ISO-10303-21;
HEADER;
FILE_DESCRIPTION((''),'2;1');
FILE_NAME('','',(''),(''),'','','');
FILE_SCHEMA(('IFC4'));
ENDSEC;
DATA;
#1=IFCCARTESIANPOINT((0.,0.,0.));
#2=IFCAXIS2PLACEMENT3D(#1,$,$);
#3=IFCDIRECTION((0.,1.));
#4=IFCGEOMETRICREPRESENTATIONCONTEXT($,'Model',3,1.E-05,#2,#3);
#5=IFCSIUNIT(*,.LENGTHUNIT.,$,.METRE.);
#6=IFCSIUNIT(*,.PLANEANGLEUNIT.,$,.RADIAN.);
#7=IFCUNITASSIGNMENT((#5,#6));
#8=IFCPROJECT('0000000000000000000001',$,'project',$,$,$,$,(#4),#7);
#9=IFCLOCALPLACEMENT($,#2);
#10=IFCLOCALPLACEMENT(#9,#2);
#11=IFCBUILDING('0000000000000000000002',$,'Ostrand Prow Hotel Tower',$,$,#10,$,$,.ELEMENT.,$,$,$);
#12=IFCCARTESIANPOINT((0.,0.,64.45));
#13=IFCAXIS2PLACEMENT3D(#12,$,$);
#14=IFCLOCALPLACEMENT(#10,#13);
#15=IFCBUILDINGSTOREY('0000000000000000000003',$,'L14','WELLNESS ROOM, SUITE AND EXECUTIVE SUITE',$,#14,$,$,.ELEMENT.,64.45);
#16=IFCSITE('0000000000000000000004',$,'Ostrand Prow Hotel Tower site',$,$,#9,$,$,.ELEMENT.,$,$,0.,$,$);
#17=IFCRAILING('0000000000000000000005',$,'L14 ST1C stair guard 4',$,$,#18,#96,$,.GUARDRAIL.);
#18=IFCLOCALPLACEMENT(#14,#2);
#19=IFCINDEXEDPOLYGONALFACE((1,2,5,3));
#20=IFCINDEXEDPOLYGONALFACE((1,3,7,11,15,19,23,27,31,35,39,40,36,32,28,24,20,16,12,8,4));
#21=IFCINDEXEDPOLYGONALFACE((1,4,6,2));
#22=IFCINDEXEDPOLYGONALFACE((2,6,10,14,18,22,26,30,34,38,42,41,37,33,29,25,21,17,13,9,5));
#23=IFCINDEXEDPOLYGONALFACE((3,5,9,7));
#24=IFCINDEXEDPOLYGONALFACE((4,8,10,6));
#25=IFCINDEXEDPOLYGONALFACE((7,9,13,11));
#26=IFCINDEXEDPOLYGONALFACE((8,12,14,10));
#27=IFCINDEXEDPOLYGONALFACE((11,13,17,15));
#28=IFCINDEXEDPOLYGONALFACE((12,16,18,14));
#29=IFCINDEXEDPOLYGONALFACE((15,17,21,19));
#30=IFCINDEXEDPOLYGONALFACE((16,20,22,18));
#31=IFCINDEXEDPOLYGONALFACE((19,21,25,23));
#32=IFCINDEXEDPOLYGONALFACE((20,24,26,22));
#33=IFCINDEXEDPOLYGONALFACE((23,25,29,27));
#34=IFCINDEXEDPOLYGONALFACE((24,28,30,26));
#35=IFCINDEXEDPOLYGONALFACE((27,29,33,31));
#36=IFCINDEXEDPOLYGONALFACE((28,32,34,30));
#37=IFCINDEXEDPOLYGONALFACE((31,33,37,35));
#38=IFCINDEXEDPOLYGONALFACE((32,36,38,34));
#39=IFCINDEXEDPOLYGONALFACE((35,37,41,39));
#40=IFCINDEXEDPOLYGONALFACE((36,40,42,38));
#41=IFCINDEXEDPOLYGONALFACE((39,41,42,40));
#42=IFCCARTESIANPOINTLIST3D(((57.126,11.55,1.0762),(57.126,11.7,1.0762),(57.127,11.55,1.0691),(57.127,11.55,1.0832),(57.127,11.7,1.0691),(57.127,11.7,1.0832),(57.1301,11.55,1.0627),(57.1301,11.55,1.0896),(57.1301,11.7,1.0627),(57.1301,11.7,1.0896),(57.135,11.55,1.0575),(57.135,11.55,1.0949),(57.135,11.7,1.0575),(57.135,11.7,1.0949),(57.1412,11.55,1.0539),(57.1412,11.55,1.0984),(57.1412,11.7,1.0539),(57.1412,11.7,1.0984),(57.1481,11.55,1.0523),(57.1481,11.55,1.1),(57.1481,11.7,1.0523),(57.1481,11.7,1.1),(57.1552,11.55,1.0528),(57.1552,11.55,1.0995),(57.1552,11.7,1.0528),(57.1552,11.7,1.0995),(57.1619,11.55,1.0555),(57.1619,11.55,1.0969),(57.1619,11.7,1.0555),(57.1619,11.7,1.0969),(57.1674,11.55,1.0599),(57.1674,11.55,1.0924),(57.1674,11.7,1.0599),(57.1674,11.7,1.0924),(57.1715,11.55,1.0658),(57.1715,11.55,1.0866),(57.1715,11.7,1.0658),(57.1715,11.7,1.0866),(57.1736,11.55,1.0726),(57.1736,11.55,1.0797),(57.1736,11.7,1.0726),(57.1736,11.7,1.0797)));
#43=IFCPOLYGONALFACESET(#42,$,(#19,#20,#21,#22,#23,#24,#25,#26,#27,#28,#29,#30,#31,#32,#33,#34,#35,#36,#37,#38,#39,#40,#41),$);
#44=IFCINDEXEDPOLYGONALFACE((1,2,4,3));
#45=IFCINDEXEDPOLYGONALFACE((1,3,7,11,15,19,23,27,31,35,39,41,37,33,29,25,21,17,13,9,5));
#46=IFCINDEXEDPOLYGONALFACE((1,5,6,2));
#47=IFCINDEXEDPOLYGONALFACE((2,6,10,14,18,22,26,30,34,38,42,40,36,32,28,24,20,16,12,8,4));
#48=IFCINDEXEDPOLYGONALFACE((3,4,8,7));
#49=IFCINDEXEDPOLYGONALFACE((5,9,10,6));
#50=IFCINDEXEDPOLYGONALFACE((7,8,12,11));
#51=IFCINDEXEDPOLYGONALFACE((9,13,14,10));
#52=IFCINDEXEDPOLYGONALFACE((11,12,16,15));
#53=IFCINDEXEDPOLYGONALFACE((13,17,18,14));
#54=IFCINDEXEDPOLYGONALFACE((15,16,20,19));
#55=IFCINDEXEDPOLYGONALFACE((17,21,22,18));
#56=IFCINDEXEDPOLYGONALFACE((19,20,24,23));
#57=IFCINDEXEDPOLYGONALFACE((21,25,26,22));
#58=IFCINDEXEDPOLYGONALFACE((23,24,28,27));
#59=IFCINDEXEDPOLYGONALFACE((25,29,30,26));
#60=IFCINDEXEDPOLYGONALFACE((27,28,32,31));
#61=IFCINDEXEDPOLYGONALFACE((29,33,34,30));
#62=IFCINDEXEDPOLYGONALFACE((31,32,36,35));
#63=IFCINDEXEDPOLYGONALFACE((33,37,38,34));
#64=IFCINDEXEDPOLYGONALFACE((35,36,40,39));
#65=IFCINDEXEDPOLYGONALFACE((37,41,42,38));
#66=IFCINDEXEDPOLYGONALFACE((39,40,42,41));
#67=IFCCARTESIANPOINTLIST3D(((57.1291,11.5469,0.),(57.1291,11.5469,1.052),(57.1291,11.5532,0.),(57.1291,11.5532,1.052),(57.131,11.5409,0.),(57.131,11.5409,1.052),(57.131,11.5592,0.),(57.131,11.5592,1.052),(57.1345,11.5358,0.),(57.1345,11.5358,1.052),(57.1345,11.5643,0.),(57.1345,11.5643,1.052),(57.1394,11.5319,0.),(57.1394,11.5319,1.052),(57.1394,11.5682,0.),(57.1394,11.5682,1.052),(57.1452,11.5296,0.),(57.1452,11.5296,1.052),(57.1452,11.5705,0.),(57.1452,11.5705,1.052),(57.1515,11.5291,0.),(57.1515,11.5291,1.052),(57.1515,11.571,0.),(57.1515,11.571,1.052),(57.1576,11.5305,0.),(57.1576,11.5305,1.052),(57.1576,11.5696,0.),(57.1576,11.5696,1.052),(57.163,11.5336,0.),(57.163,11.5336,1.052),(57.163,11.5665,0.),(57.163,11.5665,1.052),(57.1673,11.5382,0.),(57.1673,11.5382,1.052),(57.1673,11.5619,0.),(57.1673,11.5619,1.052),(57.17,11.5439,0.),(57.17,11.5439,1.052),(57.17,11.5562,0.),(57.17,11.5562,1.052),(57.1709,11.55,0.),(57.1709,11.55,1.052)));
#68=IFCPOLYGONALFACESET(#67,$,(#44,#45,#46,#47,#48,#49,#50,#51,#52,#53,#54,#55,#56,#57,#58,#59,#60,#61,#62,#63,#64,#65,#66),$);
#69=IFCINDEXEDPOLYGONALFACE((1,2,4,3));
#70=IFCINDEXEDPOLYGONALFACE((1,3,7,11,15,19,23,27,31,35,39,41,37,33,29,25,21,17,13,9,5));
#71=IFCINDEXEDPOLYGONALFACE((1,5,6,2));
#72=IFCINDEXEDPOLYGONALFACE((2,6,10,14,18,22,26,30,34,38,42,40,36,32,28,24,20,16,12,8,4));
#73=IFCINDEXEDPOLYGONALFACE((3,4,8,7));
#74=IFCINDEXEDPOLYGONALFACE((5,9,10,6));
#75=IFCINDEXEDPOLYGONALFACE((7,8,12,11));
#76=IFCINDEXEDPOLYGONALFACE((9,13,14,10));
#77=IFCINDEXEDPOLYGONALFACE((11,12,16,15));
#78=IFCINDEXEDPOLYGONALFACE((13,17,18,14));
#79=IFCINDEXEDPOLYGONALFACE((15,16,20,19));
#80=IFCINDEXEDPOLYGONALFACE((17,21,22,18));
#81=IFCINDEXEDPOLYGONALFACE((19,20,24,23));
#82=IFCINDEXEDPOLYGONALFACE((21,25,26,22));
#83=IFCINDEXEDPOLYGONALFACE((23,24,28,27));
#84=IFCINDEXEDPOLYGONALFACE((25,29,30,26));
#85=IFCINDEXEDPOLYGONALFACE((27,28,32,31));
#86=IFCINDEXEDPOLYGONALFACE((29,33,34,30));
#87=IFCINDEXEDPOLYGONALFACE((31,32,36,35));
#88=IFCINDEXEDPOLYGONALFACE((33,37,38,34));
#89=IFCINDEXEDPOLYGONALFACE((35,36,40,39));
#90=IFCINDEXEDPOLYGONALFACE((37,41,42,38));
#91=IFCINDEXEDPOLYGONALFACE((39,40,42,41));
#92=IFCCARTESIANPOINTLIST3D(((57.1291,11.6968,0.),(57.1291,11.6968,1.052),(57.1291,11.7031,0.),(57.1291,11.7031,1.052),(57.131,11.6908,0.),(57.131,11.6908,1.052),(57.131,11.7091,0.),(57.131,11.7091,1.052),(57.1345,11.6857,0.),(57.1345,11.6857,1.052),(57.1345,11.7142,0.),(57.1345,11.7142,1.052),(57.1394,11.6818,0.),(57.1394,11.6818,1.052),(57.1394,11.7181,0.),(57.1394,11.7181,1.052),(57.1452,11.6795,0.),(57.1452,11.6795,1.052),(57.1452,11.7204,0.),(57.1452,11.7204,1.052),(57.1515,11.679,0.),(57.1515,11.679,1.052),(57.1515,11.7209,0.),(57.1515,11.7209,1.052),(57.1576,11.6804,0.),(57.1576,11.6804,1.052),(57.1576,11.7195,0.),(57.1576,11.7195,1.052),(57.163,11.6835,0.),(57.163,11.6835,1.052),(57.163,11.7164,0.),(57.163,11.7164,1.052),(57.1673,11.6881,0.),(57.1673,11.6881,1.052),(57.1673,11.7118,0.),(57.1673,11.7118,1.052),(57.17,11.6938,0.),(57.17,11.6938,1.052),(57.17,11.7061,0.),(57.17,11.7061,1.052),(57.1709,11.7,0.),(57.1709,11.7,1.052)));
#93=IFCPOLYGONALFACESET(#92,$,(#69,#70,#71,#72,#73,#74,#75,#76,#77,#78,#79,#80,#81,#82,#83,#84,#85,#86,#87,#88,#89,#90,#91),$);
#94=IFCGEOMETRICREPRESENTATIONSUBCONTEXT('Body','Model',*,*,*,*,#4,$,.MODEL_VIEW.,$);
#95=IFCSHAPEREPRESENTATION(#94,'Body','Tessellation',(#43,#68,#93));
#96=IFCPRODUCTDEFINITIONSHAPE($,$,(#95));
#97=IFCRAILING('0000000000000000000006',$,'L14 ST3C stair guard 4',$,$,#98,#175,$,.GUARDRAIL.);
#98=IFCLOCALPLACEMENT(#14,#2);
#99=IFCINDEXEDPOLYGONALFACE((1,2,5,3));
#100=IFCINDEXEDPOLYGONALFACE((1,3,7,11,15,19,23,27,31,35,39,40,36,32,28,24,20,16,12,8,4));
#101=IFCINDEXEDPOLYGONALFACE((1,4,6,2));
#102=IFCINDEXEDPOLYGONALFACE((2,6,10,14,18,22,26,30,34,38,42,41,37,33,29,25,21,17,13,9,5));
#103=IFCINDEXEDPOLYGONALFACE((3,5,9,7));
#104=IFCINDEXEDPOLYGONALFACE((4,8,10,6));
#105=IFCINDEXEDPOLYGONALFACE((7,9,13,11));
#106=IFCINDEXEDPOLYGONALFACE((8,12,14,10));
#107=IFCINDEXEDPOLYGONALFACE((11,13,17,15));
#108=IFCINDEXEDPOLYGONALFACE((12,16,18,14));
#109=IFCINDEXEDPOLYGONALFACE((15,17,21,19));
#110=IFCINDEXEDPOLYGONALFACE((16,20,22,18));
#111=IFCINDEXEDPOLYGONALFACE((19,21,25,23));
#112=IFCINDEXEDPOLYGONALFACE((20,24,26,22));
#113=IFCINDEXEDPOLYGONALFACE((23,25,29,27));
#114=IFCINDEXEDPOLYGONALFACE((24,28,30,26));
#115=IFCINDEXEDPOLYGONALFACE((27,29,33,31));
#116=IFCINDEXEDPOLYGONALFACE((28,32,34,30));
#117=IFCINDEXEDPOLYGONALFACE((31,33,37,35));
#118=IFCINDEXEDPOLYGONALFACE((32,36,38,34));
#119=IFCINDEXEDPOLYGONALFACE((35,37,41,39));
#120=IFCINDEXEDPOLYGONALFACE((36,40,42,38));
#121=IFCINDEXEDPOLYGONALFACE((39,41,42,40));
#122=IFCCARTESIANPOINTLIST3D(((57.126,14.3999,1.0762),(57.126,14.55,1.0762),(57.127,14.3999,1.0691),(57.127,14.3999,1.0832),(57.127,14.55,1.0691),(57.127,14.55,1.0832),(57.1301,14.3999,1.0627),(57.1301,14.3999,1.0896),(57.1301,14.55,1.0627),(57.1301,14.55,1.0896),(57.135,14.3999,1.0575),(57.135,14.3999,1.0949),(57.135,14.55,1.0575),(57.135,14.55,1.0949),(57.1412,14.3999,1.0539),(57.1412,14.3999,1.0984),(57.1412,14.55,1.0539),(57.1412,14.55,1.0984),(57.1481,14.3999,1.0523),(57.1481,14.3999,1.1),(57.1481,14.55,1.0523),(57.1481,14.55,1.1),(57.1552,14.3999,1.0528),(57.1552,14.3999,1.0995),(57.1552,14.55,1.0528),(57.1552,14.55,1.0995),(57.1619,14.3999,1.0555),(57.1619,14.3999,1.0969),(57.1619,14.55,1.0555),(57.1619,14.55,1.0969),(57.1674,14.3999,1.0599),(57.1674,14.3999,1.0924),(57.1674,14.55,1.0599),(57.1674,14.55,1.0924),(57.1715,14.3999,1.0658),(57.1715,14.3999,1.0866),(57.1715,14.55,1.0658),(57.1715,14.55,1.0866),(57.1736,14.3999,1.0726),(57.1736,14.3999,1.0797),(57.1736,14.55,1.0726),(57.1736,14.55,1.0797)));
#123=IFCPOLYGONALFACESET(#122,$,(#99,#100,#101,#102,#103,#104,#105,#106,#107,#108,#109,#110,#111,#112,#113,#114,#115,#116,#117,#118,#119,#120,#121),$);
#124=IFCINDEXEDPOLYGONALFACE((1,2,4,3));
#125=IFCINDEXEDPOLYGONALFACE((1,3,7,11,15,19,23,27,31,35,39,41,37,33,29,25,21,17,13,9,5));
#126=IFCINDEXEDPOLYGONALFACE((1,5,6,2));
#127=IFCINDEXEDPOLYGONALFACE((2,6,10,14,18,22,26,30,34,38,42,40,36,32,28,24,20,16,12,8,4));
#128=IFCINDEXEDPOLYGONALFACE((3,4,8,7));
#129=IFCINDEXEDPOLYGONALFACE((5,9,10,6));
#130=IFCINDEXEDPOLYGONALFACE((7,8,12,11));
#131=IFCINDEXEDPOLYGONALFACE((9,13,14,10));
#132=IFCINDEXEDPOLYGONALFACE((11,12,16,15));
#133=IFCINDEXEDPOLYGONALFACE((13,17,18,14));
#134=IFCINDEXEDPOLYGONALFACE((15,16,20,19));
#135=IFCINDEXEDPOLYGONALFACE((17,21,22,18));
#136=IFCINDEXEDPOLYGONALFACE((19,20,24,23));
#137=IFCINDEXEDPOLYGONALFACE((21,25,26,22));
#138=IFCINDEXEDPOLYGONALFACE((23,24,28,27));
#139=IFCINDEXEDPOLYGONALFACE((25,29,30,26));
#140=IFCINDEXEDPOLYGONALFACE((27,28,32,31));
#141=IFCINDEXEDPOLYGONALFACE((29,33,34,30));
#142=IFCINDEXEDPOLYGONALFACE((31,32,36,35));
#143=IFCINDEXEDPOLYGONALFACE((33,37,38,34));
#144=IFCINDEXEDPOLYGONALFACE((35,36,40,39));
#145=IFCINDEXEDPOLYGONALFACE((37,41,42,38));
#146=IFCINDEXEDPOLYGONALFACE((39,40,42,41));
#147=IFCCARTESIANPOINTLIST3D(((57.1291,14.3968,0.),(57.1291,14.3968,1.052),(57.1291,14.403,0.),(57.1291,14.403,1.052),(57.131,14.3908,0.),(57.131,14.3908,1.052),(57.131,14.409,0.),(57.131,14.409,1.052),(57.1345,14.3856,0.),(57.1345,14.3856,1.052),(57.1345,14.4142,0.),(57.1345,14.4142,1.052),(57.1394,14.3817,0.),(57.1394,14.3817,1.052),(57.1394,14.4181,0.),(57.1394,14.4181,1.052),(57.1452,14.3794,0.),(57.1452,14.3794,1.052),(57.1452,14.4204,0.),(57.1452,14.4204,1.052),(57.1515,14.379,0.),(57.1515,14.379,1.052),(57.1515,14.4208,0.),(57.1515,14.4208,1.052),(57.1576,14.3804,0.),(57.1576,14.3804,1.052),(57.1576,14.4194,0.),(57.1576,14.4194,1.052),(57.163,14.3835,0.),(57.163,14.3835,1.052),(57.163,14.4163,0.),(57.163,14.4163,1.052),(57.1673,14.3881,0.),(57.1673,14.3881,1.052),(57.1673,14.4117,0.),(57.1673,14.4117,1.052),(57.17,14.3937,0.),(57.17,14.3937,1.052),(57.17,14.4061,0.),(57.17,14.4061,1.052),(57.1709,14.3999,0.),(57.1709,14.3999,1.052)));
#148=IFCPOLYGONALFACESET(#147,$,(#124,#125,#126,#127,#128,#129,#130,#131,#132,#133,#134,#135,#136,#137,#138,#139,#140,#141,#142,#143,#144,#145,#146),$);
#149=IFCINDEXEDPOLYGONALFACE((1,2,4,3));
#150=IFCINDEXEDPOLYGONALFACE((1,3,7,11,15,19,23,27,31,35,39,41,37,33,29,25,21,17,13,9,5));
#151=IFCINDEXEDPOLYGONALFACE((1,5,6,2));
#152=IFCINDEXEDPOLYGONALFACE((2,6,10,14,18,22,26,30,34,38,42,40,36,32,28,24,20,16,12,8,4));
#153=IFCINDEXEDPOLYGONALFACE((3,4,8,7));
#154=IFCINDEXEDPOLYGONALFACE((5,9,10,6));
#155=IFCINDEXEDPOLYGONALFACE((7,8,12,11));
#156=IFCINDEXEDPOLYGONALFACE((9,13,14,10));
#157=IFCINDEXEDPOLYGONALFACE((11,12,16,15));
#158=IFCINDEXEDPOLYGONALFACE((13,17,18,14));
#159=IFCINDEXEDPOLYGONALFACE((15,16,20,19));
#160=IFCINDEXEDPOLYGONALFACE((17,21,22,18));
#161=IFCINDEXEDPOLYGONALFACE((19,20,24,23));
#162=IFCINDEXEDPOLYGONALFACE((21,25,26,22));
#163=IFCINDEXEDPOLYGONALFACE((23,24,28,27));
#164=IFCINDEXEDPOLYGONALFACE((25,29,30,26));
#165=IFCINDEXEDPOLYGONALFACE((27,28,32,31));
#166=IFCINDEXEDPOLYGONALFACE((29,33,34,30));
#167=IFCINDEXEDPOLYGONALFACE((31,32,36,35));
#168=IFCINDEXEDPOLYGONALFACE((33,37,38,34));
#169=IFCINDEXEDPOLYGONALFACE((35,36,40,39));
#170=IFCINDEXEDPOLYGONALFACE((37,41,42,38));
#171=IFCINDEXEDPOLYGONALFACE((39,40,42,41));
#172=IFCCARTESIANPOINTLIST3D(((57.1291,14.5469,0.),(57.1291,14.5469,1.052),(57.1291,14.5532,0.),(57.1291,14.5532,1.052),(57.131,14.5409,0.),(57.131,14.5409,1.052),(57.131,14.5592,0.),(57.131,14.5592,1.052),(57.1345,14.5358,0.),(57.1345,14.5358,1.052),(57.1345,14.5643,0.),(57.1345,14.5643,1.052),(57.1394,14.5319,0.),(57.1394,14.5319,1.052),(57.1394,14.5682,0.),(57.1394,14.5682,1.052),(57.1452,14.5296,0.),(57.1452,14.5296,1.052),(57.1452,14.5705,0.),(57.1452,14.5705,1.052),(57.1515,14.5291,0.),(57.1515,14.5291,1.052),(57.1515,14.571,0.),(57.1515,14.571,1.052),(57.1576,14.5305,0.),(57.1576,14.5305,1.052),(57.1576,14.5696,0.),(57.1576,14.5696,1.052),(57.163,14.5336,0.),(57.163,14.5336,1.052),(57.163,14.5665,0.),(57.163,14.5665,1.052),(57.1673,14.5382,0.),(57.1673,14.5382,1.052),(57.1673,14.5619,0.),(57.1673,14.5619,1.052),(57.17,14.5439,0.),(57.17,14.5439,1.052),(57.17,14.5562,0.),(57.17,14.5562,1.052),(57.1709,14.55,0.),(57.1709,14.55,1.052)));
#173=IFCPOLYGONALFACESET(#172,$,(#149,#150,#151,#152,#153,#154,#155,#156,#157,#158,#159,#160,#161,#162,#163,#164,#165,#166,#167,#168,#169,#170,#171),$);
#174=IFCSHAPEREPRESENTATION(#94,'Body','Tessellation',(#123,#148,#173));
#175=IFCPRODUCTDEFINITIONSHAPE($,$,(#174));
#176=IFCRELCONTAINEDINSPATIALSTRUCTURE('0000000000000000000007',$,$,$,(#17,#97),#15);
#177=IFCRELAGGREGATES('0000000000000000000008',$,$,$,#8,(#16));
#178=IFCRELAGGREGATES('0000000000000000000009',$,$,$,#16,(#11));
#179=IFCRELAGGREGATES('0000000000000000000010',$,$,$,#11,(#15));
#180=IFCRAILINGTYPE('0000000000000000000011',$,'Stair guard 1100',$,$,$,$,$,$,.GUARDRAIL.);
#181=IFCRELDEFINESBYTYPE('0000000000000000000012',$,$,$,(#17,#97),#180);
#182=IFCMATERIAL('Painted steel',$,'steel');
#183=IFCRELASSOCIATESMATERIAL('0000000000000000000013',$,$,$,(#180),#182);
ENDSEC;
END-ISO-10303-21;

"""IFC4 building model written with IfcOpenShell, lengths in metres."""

from ifc_helpers import new_model, si_unit, direction, frame, origin, origin_2d, place, context, subcontext, project, spatial, circle, extrude, material, type_object, element, save


model = new_model("IFC4")

# Units and contexts
model_context = context("Model", 3, precision=1e-05, world=origin(), true_north=direction((0.0, 1.0)))
body_context = subcontext(model_context, "Body", "Model", "MODEL_VIEW")
ifc_project = project(units=[si_unit("LENGTHUNIT", "METRE"), si_unit("PLANEANGLEUNIT", "RADIAN")], contexts=[model_context])

# Site, building, storey
site_placement = place(None, origin())
site = spatial("IfcSite", under=ifc_project, at=site_placement, Name="Ostrand Prow Hotel Tower site", CompositionType="ELEMENT", RefElevation=0.0)
building_placement = place(site_placement, origin())
building = spatial("IfcBuilding", under=site, at=building_placement, Name="Ostrand Prow Hotel Tower", CompositionType="ELEMENT")
storey_placement = place(building_placement, frame((0.0, 0.0, 64.45)))
storey = spatial("IfcBuildingStorey", under=building, at=storey_placement, Name="L14", Description="WELLNESS ROOM, SUITE AND EXECUTIVE SUITE", CompositionType="ELEMENT", Elevation=64.45)

# Railings
ifc_material_1 = material(Name="Painted steel", Category="steel")
railing_type = type_object("IfcRailingType", Name="Stair guard 1100", PredefinedType="GUARDRAIL", material=ifc_material_1)
railing_1_placement = place(storey_placement, frame((57.1499, 11.55, 0.0)))
element("IfcRailing", 1, at=railing_1_placement, inside=storey, type_object=railing_type, Name="L14 ST1C stair guard 4", PredefinedType="GUARDRAIL", context=body_context, shape_type="SweptSolid", body=[
    extrude(circle(Radius=0.0239, at=origin_2d()), frame((0.0, 0.0, 1.0762), z_axis=(0.0, 1.0, 0.0), x_axis=(-1.0, 0.0, 0.0)), (0.0, 0.0, 1.0), 0.1499),
    extrude(circle(Radius=0.021, at=origin_2d()), origin(), (0.0, 0.0, 1.0), 1.052),
    extrude(circle(Radius=0.021, at=origin_2d()), frame((0.0, 0.1499, 0.0)), (0.0, 0.0, 1.0), 1.052),
])
railing_2_placement = place(storey_placement, frame((57.1499, 14.3999, 0.0)))
element("IfcRailing", 2, at=railing_2_placement, inside=storey, type_object=railing_type, Name="L14 ST3C stair guard 4", PredefinedType="GUARDRAIL", context=body_context, shape_type="SweptSolid", body=[
    extrude(circle(Radius=0.0239, at=origin_2d()), frame((0.0, 0.0, 1.0762), z_axis=(0.0, 1.0, 0.0), x_axis=(-1.0, 0.0, 0.0)), (0.0, 0.0, 1.0), 0.1501),
    extrude(circle(Radius=0.021, at=origin_2d()), origin(), (0.0, 0.0, 1.0), 1.052),
    extrude(circle(Radius=0.021, at=origin_2d()), frame((0.0, 0.1501, 0.0)), (0.0, 0.0, 1.0), 1.052),
])

save(model, "model.ifc")
